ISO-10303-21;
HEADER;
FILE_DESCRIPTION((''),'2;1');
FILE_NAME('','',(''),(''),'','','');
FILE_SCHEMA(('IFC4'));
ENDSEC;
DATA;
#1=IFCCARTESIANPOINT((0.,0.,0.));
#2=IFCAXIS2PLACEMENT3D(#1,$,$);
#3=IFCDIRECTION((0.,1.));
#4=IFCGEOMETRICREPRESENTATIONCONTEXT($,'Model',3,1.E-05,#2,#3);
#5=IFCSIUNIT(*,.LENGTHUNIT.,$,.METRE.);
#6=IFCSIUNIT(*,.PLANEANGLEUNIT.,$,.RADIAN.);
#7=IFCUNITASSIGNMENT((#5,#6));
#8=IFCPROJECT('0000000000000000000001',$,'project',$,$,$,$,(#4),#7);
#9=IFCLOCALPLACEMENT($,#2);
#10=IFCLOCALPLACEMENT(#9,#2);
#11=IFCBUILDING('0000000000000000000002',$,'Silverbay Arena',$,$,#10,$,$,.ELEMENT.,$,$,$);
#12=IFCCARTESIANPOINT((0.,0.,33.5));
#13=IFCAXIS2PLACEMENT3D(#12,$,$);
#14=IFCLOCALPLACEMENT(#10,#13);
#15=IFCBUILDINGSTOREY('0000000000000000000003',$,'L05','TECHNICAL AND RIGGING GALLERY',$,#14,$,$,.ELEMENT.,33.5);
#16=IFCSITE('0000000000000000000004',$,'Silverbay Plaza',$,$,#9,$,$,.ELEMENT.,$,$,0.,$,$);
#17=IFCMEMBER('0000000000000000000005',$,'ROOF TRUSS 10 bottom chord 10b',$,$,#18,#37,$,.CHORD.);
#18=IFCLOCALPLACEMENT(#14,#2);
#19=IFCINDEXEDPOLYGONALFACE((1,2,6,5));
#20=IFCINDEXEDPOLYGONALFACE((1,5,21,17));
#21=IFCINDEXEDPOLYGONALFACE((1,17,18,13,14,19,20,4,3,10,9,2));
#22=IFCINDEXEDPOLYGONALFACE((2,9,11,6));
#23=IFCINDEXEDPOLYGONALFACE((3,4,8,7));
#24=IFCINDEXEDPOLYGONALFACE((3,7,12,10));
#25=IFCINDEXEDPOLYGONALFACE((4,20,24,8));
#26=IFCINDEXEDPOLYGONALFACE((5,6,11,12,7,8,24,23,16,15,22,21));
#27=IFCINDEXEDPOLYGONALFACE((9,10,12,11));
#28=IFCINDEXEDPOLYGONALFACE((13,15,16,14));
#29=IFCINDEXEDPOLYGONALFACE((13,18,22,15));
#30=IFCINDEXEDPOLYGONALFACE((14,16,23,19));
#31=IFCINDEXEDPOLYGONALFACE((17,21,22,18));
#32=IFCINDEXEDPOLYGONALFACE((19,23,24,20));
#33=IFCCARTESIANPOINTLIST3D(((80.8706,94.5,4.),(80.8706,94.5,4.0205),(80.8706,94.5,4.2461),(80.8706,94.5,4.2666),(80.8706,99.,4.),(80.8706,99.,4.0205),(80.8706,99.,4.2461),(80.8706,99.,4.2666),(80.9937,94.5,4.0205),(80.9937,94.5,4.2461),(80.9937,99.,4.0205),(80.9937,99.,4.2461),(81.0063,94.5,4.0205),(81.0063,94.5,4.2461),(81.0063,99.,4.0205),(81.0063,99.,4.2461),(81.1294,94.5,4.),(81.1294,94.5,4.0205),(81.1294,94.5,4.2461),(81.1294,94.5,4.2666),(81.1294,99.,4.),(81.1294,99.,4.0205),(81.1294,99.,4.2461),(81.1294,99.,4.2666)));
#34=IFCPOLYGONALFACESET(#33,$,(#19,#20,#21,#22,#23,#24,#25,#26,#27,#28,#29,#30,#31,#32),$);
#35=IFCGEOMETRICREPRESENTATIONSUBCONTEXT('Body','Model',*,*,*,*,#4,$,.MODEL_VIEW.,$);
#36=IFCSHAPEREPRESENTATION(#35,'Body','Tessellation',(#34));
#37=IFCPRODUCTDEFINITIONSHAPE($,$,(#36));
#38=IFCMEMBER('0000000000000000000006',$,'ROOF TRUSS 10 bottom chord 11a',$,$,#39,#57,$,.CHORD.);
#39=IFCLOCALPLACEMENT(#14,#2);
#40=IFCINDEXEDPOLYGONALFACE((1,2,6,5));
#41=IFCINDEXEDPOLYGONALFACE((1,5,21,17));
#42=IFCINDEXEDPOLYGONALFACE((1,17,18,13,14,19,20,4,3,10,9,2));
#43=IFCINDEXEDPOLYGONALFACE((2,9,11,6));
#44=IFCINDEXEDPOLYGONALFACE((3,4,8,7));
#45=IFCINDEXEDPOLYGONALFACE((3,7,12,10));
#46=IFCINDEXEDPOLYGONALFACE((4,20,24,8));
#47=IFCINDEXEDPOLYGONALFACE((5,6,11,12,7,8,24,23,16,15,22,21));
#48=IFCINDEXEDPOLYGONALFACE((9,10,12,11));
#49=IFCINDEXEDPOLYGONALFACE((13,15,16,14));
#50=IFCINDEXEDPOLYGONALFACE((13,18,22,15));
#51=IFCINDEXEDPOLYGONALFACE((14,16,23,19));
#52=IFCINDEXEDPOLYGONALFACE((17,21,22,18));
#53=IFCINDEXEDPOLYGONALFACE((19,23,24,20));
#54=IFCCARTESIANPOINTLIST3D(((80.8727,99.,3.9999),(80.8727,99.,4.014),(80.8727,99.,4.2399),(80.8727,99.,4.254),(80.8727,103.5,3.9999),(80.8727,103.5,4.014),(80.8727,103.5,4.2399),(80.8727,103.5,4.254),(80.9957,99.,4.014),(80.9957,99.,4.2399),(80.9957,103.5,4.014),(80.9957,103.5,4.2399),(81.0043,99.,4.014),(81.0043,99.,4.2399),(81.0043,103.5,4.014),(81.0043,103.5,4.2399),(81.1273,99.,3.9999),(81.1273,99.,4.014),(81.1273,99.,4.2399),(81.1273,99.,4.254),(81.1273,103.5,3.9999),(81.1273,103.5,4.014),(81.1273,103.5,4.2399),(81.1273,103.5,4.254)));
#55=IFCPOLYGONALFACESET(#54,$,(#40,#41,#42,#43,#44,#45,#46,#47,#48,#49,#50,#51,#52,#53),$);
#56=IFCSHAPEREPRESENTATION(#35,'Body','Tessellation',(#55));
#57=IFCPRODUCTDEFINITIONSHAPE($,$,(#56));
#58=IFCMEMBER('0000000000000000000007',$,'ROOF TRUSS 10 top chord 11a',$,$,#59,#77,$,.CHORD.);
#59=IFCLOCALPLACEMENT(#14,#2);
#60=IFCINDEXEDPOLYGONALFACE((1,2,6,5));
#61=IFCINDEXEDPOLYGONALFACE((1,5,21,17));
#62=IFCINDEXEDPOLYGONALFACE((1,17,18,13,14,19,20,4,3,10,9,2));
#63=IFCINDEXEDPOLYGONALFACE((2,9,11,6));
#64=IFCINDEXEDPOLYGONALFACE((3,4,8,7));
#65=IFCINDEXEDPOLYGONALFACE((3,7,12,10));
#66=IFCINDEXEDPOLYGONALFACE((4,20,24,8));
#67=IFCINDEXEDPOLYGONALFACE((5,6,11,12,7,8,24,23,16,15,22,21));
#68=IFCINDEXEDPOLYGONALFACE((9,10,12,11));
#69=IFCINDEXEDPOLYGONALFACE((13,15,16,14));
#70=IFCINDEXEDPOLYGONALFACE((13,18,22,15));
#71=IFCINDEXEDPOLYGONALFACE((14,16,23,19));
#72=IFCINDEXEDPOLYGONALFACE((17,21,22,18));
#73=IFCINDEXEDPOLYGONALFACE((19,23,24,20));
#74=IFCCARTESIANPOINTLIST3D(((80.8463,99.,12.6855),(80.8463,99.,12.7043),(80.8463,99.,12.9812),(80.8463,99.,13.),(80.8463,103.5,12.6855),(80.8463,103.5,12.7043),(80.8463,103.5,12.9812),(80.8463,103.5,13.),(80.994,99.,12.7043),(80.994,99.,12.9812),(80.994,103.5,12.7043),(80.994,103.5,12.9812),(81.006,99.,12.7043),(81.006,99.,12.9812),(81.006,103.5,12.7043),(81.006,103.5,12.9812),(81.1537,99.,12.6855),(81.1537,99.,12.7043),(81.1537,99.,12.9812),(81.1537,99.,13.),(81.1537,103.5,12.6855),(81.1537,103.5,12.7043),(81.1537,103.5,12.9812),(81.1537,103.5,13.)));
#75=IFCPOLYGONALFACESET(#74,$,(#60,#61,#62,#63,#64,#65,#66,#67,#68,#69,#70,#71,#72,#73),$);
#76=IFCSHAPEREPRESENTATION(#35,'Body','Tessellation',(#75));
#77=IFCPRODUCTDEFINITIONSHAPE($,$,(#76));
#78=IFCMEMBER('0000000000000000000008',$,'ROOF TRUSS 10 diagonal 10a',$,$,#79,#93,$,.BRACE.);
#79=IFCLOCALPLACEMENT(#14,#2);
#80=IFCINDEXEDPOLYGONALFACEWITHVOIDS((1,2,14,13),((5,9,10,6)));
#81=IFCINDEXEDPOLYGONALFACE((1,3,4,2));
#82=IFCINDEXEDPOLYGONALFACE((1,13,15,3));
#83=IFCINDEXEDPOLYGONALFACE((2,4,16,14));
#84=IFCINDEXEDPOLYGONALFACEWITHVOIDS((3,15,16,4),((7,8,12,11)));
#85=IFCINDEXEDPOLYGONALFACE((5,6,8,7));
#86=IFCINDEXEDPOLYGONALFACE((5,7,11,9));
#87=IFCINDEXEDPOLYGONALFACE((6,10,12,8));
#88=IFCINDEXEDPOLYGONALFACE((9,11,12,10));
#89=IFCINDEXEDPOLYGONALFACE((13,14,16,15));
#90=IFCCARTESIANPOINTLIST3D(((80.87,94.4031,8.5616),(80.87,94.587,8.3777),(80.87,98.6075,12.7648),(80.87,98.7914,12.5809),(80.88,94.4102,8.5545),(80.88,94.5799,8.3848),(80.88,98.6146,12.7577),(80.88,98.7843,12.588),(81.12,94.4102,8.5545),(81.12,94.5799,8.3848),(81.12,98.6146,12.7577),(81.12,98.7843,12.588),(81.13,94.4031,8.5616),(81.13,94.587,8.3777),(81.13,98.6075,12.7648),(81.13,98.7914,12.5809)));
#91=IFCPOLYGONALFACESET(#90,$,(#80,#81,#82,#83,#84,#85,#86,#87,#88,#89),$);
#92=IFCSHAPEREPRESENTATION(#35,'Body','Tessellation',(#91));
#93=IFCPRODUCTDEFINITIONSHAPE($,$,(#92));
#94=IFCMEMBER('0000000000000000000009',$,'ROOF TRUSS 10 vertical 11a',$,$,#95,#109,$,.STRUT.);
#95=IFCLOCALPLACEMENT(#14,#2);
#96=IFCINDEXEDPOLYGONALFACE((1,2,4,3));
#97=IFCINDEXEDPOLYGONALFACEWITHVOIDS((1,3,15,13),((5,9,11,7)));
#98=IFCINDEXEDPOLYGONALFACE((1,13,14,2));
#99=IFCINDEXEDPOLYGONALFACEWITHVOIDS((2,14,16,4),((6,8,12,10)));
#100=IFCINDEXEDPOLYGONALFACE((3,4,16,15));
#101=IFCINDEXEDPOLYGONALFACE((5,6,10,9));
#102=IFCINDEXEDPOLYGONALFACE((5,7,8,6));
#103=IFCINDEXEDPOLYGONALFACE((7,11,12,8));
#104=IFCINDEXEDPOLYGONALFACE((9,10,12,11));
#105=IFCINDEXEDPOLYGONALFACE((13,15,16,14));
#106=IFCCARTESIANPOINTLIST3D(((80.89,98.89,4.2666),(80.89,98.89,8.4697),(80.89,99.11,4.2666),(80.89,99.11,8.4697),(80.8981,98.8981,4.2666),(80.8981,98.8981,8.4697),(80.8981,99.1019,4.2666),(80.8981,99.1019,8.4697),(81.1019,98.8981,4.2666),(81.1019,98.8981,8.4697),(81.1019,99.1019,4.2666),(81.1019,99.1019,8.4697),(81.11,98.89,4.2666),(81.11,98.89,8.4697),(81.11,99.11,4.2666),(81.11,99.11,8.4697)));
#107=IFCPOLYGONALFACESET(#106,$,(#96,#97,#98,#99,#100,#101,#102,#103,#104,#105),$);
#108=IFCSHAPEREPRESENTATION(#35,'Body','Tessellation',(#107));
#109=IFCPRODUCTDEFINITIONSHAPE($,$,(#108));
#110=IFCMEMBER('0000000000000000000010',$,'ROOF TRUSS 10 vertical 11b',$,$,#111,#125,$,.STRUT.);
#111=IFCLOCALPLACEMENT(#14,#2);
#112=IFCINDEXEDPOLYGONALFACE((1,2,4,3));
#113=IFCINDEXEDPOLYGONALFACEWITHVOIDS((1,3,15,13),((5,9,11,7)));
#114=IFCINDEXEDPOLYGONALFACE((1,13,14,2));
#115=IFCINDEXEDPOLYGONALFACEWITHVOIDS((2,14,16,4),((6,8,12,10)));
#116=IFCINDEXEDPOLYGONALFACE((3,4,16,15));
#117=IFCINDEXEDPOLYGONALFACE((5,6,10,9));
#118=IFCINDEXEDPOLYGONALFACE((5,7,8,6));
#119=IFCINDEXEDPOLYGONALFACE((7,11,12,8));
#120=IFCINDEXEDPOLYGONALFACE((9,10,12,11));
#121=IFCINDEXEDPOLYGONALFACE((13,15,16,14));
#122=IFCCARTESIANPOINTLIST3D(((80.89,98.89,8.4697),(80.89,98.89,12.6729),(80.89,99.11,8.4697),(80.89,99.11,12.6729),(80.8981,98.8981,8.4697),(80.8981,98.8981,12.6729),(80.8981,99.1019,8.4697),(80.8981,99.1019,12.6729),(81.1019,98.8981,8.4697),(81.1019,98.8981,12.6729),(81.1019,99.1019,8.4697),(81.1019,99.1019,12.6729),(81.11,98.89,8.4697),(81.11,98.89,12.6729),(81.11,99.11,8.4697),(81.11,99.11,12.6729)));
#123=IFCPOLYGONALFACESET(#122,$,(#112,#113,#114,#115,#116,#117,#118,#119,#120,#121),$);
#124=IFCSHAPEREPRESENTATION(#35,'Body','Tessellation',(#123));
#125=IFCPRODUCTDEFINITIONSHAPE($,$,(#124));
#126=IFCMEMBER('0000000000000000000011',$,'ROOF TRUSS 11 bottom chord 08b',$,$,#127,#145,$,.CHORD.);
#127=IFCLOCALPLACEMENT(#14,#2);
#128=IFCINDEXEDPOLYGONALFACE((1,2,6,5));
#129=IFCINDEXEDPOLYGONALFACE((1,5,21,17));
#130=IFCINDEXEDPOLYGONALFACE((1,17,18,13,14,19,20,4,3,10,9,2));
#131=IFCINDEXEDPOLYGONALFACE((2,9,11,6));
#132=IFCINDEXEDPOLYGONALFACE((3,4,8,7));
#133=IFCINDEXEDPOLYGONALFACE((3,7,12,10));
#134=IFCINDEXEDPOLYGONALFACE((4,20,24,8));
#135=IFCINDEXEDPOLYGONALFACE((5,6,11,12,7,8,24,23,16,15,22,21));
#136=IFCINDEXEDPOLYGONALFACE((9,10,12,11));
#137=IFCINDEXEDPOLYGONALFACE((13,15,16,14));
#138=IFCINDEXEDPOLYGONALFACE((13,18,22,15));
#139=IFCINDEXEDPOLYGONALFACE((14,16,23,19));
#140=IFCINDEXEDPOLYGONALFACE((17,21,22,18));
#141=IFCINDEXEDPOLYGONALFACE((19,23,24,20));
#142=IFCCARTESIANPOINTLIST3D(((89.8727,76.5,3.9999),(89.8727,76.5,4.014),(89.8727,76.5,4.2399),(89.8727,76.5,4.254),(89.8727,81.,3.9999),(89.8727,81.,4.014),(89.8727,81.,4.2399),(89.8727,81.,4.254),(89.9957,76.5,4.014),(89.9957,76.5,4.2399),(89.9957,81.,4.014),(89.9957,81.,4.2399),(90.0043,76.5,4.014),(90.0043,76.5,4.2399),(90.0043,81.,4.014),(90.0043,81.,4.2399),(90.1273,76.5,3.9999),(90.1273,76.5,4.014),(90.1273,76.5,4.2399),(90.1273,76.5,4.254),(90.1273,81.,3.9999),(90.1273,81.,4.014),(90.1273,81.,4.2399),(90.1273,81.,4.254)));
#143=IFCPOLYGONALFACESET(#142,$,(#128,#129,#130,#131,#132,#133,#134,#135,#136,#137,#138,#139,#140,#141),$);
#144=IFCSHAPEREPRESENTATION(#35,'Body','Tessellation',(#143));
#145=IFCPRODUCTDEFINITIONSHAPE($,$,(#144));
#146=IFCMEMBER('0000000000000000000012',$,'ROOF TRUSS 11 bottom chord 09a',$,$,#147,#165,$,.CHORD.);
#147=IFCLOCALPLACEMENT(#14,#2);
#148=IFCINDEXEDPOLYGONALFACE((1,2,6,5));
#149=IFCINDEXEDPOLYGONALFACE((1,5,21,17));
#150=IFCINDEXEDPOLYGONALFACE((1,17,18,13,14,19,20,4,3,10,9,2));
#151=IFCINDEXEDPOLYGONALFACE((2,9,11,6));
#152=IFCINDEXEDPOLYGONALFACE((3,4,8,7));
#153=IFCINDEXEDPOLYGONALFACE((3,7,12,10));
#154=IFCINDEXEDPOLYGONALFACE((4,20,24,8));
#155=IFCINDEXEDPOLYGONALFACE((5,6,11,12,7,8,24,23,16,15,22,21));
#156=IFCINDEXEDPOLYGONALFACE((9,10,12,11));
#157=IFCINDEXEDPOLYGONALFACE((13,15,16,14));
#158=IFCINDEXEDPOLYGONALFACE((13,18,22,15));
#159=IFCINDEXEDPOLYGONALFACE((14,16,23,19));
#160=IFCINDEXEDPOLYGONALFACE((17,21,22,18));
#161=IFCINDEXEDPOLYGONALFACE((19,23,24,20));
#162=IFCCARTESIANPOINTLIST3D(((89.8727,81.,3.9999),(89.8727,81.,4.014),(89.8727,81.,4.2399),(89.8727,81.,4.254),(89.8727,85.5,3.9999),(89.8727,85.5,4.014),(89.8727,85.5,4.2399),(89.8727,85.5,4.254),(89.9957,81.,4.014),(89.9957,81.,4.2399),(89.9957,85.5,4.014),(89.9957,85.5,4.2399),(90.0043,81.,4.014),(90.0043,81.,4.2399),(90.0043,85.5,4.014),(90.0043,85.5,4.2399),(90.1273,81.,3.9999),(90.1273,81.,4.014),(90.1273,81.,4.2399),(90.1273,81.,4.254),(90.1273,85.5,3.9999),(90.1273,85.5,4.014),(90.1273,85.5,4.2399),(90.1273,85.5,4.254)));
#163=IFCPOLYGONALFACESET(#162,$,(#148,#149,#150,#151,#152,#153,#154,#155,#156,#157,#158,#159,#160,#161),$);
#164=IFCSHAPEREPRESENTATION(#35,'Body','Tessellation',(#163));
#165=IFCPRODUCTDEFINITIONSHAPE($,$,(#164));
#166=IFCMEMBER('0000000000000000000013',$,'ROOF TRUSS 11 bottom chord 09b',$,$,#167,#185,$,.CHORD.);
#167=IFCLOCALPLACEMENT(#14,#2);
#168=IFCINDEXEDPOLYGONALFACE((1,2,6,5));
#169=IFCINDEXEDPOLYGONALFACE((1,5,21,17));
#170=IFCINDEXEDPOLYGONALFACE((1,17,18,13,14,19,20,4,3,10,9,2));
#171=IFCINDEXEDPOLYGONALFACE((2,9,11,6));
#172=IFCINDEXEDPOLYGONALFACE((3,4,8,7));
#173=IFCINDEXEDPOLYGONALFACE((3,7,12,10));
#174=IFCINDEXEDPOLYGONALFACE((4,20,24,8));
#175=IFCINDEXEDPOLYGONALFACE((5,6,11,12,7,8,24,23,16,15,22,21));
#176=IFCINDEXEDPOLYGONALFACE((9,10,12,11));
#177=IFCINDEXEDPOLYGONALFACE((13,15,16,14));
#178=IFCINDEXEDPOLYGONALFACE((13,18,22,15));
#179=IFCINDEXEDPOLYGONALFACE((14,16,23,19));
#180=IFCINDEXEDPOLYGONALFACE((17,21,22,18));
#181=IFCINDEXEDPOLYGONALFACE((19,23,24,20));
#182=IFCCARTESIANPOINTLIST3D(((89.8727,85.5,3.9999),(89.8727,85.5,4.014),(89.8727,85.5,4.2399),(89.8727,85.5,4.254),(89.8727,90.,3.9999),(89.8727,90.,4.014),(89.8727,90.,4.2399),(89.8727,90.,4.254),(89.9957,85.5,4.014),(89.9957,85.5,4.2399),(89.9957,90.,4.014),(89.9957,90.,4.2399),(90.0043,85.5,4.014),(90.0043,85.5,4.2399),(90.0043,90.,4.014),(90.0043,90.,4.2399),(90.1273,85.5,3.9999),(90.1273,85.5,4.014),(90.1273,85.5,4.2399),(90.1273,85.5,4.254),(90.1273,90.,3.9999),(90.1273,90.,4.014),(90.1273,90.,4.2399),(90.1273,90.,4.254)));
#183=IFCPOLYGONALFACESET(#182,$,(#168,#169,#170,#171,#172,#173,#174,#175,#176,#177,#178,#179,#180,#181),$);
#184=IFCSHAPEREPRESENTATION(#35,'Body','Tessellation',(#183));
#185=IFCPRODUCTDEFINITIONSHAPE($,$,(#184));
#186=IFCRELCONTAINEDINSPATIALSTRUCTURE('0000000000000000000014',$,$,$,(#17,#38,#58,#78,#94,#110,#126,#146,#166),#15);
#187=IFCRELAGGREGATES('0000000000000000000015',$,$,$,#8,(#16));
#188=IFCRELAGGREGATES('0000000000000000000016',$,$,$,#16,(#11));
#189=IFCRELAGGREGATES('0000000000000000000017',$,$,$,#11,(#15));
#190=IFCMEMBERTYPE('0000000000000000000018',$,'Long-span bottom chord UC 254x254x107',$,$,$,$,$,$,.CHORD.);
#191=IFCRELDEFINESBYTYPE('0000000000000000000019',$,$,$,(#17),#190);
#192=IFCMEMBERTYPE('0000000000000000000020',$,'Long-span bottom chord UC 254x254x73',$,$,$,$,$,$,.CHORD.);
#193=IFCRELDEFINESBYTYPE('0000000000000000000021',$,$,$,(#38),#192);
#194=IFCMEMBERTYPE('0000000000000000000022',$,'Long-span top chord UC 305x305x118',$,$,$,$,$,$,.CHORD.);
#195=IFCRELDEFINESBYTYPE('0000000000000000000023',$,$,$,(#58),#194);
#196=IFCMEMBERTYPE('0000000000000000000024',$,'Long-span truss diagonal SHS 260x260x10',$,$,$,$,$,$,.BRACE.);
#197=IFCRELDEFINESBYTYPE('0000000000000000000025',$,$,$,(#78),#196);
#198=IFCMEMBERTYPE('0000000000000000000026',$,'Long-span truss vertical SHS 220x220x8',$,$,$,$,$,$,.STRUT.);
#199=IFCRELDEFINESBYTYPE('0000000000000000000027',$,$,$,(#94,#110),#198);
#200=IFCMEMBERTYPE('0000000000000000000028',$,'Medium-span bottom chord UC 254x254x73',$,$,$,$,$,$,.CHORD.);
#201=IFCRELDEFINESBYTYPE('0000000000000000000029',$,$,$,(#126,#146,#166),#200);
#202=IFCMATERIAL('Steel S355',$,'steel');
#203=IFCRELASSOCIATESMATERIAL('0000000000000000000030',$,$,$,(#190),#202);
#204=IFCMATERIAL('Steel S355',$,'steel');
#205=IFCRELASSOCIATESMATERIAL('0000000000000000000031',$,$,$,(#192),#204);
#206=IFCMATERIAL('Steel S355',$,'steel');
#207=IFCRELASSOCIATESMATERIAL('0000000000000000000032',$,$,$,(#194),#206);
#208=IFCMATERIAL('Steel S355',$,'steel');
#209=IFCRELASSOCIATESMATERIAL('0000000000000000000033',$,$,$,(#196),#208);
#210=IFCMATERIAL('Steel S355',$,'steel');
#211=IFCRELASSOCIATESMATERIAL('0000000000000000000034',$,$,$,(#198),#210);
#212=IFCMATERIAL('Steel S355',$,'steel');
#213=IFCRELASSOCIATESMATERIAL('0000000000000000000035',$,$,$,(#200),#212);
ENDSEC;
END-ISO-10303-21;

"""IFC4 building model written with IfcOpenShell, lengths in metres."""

from ifc_helpers import new_model, si_unit, direction, frame, origin, origin_2d, place, context, subcontext, project, spatial, hollow_rectangle, i_section, extrude, material, material_profile, profile_set, type_object, element, save


model = new_model("IFC4")

# Units and contexts
model_context = context("Model", 3, precision=1e-05, world=origin(), true_north=direction((0.0, 1.0)))
body_context = subcontext(model_context, "Body", "Model", "MODEL_VIEW")
ifc_project = project(units=[si_unit("LENGTHUNIT", "METRE"), si_unit("PLANEANGLEUNIT", "RADIAN")], contexts=[model_context])

# Site, building, storey
site_placement = place(None, origin())
site = spatial("IfcSite", under=ifc_project, at=site_placement, Name="Silverbay Plaza", CompositionType="ELEMENT", RefElevation=0.0)
building_placement = place(site_placement, origin())
building = spatial("IfcBuilding", under=site, at=building_placement, Name="Silverbay Arena", CompositionType="ELEMENT")
storey_placement = place(building_placement, frame((0.0, 0.0, 33.5)))
storey = spatial("IfcBuildingStorey", under=building, at=storey_placement, Name="L05", Description="TECHNICAL AND RIGGING GALLERY", CompositionType="ELEMENT", Elevation=33.5)

# Members
ifc_material_1 = material(Name="Steel S355", Category="steel")
ifc_material_profile_1 = material_profile(ifc_material_1, i_section(OverallWidth=0.2588, OverallDepth=0.2666, WebThickness=0.0127, FlangeThickness=0.0205, at=origin_2d()), Name="UC 254x254x107")
ifc_profile_set_1 = profile_set([ifc_material_profile_1], Name="Steel S355")
member_type_1 = type_object("IfcMemberType", Name="Long-span bottom chord UC 254x254x107", PredefinedType="CHORD", material=ifc_profile_set_1)
member_1_placement = place(storey_placement, frame((81.0, 94.5, 4.1333), z_axis=(0.0, 1.0, 0.0), x_axis=(-1.0, 0.0, 0.0)))
element("IfcMember", 1, at=member_1_placement, inside=storey, type_object=member_type_1, Name="ROOF TRUSS 10 bottom chord 10b", PredefinedType="CHORD", context=body_context, shape_type="SweptSolid", body=[
    extrude(i_section(OverallWidth=0.2588, OverallDepth=0.2666, WebThickness=0.0127, FlangeThickness=0.0205, at=origin_2d()), origin(), (0.0, 0.0, 1.0), 4.5),
])
ifc_material_2 = material(Name="Steel S355", Category="steel")
ifc_material_profile_2 = material_profile(ifc_material_2, i_section(OverallWidth=0.2546, OverallDepth=0.2542, WebThickness=0.0085, FlangeThickness=0.0142, at=origin_2d()), Name="UC 254x254x73")
ifc_profile_set_2 = profile_set([ifc_material_profile_2], Name="Steel S355")
member_type_2 = type_object("IfcMemberType", Name="Long-span bottom chord UC 254x254x73", PredefinedType="CHORD", material=ifc_profile_set_2)
member_2_placement = place(storey_placement, frame((81.0, 99.0, 4.127), z_axis=(0.0, 1.0, 0.0), x_axis=(-1.0, 0.0, 0.0)))
element("IfcMember", 2, at=member_2_placement, inside=storey, type_object=member_type_2, Name="ROOF TRUSS 10 bottom chord 11a", PredefinedType="CHORD", context=body_context, shape_type="SweptSolid", body=[
    extrude(i_section(OverallWidth=0.2546, OverallDepth=0.2542, WebThickness=0.0085, FlangeThickness=0.0142, at=origin_2d()), origin(), (0.0, 0.0, 1.0), 4.5),
])
ifc_material_3 = material(Name="Steel S355", Category="steel")
ifc_material_profile_3 = material_profile(ifc_material_3, i_section(OverallWidth=0.3074, OverallDepth=0.3145, WebThickness=0.012, FlangeThickness=0.0188, at=origin_2d()), Name="UC 305x305x118")
ifc_profile_set_3 = profile_set([ifc_material_profile_3], Name="Steel S355")
member_type_3 = type_object("IfcMemberType", Name="Long-span top chord UC 305x305x118", PredefinedType="CHORD", material=ifc_profile_set_3)
member_3_placement = place(storey_placement, frame((81.0, 99.0, 12.8428), z_axis=(0.0, 1.0, 0.0), x_axis=(-1.0, 0.0, 0.0)))
element("IfcMember", 3, at=member_3_placement, inside=storey, type_object=member_type_3, Name="ROOF TRUSS 10 top chord 11a", PredefinedType="CHORD", context=body_context, shape_type="SweptSolid", body=[
    extrude(i_section(OverallWidth=0.3074, OverallDepth=0.3145, WebThickness=0.012, FlangeThickness=0.0188, at=origin_2d()), origin(), (0.0, 0.0, 1.0), 4.5),
])
ifc_material_4 = material(Name="Steel S355", Category="steel")
ifc_material_profile_4 = material_profile(ifc_material_4, hollow_rectangle(XDim=0.26, YDim=0.26, WallThickness=0.01, at=origin_2d()), Name="SHS 260x260x10")
ifc_profile_set_4 = profile_set([ifc_material_profile_4], Name="Steel S355")
member_type_4 = type_object("IfcMemberType", Name="Long-span truss diagonal SHS 260x260x10", PredefinedType="BRACE", material=ifc_profile_set_4)
member_4_placement = place(storey_placement, frame((81.0, 98.6995, 12.6729), z_axis=(0.0, -0.707209, -0.707004), x_axis=(1.0, 0.0, 0.0)))
element("IfcMember", 4, at=member_4_placement, inside=storey, type_object=member_type_4, Name="ROOF TRUSS 10 diagonal 10a", PredefinedType="BRACE", context=body_context, shape_type="SweptSolid", body=[
    extrude(hollow_rectangle(XDim=0.26, YDim=0.26, WallThickness=0.01, at=origin_2d()), origin(), (0.0, 0.0, 1.0), 5.9451),
])
ifc_material_5 = material(Name="Steel S355", Category="steel")
ifc_material_profile_5 = material_profile(ifc_material_5, hollow_rectangle(XDim=0.22, YDim=0.22, WallThickness=0.0081, at=origin_2d()), Name="SHS 220x220x8")
ifc_profile_set_5 = profile_set([ifc_material_profile_5], Name="Steel S355")
member_type_5 = type_object("IfcMemberType", Name="Long-span truss vertical SHS 220x220x8", PredefinedType="STRUT", material=ifc_profile_set_5)
for number, where, z_axis, x_axis, name in (
    (5, (81.0, 99.0, 4.2666), (0.0, 0.0, 1.0), (1.0, 0.0, 0.0), "ROOF TRUSS 10 vertical 11a"),
    (6, (81.0, 99.0, 8.4697), (0.0, 0.0, 1.0), (1.0, 0.0, 0.0), "ROOF TRUSS 10 vertical 11b"),
):
    element("IfcMember", number, at=place(storey_placement, frame(where, z_axis=z_axis, x_axis=x_axis)), inside=storey, type_object=member_type_5, Name=name, PredefinedType="STRUT", context=body_context, shape_type="SweptSolid", body=[
        extrude(hollow_rectangle(XDim=0.22, YDim=0.22, WallThickness=0.0081, at=origin_2d()), origin(), (0.0, 0.0, 1.0), 4.2031),
    ])
ifc_material_6 = material(Name="Steel S355", Category="steel")
ifc_material_profile_6 = material_profile(ifc_material_6, i_section(OverallWidth=0.2546, OverallDepth=0.2542, WebThickness=0.0085, FlangeThickness=0.0142, at=origin_2d()), Name="UC 254x254x73")
ifc_profile_set_6 = profile_set([ifc_material_profile_6], Name="Steel S355")
member_type_6 = type_object("IfcMemberType", Name="Medium-span bottom chord UC 254x254x73", PredefinedType="CHORD", material=ifc_profile_set_6)
for number, where, z_axis, x_axis, name in (
    (7, (90.0, 76.5, 4.127), (0.0, 1.0, 0.0), (-1.0, 0.0, 0.0), "ROOF TRUSS 11 bottom chord 08b"),
    (8, (90.0, 81.0, 4.127), (0.0, 1.0, 0.0), (-1.0, 0.0, 0.0), "ROOF TRUSS 11 bottom chord 09a"),
    (9, (90.0, 85.5, 4.127), (0.0, 1.0, 0.0), (-1.0, 0.0, 0.0), "ROOF TRUSS 11 bottom chord 09b"),
):
    element("IfcMember", number, at=place(storey_placement, frame(where, z_axis=z_axis, x_axis=x_axis)), inside=storey, type_object=member_type_6, Name=name, PredefinedType="CHORD", context=body_context, shape_type="SweptSolid", body=[
        extrude(i_section(OverallWidth=0.2546, OverallDepth=0.2542, WebThickness=0.0085, FlangeThickness=0.0142, at=origin_2d()), origin(), (0.0, 0.0, 1.0), 4.5),
    ])

save(model, "model.ifc")
